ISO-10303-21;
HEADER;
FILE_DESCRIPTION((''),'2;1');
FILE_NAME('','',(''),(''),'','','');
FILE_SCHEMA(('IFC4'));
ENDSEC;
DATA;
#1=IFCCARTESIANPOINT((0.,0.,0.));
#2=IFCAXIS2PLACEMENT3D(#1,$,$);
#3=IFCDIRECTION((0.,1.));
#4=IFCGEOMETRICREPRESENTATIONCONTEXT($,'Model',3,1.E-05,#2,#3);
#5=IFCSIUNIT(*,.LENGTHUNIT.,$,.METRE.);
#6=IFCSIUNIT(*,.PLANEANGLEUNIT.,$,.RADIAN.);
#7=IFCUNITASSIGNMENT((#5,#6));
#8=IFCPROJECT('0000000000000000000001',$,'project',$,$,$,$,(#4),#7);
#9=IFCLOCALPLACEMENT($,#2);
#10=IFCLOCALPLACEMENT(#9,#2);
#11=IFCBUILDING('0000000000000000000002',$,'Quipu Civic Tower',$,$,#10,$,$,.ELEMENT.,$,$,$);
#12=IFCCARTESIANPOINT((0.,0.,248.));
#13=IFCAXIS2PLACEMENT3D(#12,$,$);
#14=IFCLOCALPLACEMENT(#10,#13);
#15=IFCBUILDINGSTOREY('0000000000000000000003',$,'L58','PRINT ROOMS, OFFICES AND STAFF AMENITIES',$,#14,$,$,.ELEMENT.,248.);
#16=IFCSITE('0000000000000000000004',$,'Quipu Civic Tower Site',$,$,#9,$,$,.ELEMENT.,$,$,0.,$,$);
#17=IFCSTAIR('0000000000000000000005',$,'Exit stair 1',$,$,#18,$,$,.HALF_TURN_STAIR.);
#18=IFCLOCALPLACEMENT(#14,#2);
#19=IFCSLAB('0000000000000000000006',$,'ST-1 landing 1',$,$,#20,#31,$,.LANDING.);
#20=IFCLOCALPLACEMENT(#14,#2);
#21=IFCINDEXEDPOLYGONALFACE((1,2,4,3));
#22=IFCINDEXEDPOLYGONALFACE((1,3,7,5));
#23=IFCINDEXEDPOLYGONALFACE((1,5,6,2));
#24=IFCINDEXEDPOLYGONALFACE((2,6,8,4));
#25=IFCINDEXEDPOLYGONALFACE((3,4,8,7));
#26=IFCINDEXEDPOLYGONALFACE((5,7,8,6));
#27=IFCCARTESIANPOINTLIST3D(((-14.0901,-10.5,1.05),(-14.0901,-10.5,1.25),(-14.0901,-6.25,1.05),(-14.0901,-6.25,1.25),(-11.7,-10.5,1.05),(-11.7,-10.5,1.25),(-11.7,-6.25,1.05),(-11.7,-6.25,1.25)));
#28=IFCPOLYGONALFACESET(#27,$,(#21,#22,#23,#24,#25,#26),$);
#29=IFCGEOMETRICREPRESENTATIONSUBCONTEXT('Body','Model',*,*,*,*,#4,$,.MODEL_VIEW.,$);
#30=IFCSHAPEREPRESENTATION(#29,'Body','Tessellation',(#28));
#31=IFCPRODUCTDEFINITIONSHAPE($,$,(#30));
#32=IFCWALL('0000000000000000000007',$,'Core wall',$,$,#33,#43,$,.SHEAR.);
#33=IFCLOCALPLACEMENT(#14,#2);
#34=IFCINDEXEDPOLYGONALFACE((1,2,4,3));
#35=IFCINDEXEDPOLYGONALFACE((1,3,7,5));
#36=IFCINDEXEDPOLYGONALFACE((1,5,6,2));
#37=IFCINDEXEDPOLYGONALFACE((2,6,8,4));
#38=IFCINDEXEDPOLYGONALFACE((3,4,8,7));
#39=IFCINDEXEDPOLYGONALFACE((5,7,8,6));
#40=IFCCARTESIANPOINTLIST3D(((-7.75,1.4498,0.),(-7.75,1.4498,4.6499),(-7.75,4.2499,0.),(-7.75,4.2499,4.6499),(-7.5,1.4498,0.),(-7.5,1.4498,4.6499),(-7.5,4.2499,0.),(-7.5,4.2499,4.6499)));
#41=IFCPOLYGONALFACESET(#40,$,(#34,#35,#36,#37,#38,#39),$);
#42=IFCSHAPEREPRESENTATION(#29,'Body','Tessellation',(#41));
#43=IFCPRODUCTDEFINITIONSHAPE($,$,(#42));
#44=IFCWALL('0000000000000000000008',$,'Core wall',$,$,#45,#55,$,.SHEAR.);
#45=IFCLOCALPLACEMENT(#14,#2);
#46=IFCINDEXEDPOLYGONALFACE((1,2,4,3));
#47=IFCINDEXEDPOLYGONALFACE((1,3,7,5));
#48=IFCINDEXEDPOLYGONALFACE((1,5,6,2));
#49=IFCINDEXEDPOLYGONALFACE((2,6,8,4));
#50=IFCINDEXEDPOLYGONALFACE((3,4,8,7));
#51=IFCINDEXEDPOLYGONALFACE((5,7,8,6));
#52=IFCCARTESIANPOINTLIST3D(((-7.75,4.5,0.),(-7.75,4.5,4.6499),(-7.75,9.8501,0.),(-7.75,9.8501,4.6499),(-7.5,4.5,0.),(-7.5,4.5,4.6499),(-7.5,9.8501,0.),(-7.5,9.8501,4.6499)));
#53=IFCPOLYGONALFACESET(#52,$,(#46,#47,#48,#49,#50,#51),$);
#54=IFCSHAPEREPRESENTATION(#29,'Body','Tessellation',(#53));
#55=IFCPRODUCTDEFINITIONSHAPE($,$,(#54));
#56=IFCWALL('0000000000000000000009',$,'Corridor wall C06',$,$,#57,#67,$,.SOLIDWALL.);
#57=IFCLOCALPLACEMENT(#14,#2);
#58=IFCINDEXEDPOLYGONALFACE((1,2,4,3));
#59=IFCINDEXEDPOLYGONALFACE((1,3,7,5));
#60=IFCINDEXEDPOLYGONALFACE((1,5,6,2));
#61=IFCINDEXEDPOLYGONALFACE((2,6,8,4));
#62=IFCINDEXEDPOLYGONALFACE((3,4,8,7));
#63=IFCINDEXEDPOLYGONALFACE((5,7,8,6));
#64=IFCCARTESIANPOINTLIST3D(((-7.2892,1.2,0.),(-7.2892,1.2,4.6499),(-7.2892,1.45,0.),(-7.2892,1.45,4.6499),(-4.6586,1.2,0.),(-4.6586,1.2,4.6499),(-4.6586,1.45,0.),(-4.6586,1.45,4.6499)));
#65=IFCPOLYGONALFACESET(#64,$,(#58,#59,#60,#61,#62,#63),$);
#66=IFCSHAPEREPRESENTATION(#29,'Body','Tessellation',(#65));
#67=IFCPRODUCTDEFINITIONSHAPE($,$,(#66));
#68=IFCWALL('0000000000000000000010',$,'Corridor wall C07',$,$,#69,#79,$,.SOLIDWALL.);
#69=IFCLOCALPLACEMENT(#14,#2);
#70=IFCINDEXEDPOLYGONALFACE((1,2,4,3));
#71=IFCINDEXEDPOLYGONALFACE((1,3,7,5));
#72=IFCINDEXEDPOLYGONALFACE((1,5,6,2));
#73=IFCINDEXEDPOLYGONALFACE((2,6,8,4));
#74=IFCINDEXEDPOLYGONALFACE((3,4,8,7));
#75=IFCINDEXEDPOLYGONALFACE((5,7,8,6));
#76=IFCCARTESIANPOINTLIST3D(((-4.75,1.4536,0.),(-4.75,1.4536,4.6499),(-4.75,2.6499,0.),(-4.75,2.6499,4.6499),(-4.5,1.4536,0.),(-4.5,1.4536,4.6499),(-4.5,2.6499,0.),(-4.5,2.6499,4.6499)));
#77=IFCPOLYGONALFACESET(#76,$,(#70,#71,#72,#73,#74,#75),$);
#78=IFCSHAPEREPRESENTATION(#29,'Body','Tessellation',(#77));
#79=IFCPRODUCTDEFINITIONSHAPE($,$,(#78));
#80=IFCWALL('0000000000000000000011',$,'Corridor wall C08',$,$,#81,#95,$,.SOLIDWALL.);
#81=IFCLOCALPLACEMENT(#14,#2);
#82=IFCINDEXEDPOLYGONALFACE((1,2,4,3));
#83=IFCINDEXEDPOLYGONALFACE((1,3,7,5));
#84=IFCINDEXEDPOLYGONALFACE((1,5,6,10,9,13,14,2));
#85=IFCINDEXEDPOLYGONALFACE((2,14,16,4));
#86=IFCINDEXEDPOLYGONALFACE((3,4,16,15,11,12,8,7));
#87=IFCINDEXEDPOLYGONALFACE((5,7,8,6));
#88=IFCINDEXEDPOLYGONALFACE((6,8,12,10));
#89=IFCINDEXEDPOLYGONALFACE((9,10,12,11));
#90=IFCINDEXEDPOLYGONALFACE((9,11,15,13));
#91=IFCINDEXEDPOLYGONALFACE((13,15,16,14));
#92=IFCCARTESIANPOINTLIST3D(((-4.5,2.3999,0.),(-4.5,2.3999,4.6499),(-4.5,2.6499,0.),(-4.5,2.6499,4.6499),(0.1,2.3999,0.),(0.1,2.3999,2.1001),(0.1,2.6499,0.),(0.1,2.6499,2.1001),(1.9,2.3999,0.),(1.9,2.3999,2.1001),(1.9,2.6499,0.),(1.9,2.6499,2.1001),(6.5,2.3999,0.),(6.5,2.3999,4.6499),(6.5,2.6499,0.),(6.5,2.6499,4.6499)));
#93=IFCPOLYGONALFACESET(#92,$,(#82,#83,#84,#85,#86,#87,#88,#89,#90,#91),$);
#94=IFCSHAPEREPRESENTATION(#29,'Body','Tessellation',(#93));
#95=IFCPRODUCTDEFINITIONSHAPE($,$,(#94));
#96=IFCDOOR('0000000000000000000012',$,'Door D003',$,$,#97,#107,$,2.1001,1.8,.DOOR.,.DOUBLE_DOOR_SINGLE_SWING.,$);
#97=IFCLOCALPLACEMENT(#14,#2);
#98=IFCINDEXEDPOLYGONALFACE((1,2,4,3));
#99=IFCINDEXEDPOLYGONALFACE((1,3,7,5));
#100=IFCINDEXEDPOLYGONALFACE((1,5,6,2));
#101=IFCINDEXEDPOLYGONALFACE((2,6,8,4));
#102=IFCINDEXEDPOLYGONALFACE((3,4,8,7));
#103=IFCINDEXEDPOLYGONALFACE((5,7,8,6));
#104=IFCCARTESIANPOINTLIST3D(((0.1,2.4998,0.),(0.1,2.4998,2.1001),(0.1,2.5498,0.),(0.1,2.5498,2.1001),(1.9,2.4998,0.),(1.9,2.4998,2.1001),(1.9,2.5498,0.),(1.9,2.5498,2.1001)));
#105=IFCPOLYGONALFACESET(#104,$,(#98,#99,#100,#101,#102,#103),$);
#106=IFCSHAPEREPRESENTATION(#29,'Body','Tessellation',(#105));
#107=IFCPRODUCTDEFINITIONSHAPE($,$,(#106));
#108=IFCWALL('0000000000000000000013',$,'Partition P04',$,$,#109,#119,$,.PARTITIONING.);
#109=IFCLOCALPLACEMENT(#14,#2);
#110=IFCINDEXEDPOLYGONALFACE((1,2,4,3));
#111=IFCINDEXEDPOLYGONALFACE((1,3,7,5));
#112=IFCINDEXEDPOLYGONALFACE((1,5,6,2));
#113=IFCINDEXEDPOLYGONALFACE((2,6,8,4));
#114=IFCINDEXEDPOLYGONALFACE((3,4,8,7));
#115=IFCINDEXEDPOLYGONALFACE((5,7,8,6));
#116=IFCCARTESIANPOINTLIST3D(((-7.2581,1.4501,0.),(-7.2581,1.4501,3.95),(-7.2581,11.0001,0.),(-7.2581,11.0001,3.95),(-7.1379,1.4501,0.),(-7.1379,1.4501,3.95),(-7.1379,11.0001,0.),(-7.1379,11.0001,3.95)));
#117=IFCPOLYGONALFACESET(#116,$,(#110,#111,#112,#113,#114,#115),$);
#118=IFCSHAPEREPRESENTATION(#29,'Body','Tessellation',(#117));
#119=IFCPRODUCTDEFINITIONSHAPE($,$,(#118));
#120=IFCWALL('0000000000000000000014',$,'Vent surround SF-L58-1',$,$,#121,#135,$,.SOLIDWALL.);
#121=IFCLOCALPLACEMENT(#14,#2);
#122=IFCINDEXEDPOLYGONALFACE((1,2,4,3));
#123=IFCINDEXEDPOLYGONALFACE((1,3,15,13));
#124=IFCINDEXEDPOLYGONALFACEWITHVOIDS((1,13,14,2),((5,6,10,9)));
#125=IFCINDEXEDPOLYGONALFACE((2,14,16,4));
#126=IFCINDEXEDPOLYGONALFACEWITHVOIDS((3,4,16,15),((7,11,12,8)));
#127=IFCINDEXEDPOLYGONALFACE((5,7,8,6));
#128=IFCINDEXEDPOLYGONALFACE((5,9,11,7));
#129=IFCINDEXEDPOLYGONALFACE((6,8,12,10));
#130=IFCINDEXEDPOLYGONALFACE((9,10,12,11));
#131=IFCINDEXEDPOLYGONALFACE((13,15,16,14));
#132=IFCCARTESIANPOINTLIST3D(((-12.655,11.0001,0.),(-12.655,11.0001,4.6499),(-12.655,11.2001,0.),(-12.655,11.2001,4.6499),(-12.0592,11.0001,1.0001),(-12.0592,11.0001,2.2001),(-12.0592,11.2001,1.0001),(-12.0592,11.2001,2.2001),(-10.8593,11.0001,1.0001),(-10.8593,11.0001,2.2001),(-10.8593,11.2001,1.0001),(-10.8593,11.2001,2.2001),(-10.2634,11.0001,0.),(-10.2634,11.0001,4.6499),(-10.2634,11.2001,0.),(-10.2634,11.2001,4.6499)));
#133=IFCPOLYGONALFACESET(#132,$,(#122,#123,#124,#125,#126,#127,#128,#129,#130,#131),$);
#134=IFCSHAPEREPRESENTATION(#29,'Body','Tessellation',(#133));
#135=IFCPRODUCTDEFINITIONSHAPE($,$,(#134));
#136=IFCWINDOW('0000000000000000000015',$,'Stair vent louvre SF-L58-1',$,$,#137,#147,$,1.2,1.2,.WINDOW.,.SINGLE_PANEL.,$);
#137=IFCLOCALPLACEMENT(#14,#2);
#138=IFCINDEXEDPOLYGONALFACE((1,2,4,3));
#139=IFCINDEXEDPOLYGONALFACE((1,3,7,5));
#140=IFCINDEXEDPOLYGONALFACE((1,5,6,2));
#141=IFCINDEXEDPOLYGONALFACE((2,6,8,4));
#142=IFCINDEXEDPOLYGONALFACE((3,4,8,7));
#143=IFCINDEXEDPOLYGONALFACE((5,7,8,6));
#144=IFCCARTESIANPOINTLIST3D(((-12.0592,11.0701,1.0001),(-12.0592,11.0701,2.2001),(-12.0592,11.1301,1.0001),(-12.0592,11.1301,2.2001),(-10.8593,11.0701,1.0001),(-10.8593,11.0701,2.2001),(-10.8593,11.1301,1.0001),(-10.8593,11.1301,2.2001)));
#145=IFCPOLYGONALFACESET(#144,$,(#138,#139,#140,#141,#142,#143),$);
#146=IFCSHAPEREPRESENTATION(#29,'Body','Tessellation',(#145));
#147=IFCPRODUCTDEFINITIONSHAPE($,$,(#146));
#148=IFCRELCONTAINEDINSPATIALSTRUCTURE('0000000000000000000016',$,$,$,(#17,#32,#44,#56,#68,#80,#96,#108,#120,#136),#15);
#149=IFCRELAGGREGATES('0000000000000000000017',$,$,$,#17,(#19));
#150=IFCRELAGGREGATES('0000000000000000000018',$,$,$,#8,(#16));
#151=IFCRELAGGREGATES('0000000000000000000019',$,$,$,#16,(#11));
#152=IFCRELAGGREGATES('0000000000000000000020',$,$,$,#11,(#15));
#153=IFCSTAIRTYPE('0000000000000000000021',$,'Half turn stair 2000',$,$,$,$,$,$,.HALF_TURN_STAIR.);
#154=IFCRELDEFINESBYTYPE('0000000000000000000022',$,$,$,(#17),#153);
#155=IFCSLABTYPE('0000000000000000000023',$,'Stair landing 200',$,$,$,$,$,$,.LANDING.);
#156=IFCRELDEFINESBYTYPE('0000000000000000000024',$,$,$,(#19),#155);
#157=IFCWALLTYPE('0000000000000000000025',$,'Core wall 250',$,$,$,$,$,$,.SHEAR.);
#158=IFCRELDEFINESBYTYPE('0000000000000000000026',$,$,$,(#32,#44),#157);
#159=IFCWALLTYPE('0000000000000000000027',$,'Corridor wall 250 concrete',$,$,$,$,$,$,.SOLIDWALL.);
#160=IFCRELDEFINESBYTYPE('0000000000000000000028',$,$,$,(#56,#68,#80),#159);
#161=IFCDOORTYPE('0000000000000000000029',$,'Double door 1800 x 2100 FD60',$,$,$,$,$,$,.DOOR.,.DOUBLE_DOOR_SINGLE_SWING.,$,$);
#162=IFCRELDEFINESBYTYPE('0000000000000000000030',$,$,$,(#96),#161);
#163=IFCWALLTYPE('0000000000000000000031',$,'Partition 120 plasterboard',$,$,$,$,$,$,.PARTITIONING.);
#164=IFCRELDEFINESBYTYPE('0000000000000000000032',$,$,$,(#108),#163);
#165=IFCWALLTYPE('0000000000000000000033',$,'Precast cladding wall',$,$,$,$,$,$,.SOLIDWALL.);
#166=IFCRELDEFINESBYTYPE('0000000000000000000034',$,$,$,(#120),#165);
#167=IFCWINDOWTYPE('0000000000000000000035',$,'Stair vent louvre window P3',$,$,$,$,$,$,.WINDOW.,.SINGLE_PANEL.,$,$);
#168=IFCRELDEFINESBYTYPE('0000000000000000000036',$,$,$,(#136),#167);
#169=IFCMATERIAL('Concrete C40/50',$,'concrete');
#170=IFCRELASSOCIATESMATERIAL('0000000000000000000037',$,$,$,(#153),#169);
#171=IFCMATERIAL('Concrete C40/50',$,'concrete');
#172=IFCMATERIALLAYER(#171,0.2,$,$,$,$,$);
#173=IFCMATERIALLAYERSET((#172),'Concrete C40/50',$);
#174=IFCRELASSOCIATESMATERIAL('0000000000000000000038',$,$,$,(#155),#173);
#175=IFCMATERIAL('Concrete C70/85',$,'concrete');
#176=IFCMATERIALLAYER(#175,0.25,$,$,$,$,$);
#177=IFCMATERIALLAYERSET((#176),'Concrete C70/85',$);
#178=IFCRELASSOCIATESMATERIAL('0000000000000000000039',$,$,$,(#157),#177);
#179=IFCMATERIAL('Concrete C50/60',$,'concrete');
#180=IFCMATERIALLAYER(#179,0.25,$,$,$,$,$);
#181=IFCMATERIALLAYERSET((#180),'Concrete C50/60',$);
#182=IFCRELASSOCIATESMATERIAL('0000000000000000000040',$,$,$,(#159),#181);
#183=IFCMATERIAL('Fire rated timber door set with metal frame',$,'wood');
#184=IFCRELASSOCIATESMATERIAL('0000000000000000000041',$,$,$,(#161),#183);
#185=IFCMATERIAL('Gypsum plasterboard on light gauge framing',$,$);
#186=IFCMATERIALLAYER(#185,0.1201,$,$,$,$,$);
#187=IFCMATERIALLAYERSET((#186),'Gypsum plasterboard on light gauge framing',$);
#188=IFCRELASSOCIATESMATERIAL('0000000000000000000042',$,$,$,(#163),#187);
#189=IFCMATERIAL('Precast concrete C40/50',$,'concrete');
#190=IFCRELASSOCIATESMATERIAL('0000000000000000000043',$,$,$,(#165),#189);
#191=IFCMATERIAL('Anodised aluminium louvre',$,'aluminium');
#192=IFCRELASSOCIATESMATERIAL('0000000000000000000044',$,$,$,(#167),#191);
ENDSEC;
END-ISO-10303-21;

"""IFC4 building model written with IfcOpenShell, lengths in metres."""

from ifc_helpers import new_model, si_unit, direction, frame, frame_2d, origin, place, context, subcontext, project, spatial, polyline, rectangle, outline, extrude, material, layer, layer_set, type_object, element, fill, aggregate, save


model = new_model("IFC4")

# Units and contexts
model_context = context("Model", 3, precision=1e-05, world=origin(), true_north=direction((0.0, 1.0)))
body_context = subcontext(model_context, "Body", "Model", "MODEL_VIEW")
ifc_project = project(units=[si_unit("LENGTHUNIT", "METRE"), si_unit("PLANEANGLEUNIT", "RADIAN")], contexts=[model_context])

# Site, building, storey
site_placement = place(None, origin())
site = spatial("IfcSite", under=ifc_project, at=site_placement, Name="Quipu Civic Tower Site", CompositionType="ELEMENT", RefElevation=0.0)
building_placement = place(site_placement, origin())
building = spatial("IfcBuilding", under=site, at=building_placement, Name="Quipu Civic Tower", CompositionType="ELEMENT")
storey_placement = place(building_placement, frame((0.0, 0.0, 248.0)))
storey = spatial("IfcBuildingStorey", under=building, at=storey_placement, Name="L58", Description="PRINT ROOMS, OFFICES AND STAFF AMENITIES", CompositionType="ELEMENT", Elevation=248.0)

# Stair, slab
ifc_material_1 = material(Name="Concrete C40/50", Category="concrete")
stair_type = type_object("IfcStairType", Name="Half turn stair 2000", PredefinedType="HALF_TURN_STAIR", material=ifc_material_1)
stair_placement = place(storey_placement, origin())
stair = element("IfcStair", 1, at=stair_placement, inside=storey, type_object=stair_type, Name="Exit stair 1", PredefinedType="HALF_TURN_STAIR")
ifc_material_2 = material(Name="Concrete C40/50", Category="concrete")
ifc_layer_1 = layer(ifc_material_2, 0.2)
ifc_layer_set_1 = layer_set([ifc_layer_1], Name="Concrete C40/50")
slab_type = type_object("IfcSlabType", Name="Stair landing 200", PredefinedType="LANDING", material=ifc_layer_set_1)
slab_placement = place(storey_placement, frame((0.0, 0.0, 1.05)))
slab = element("IfcSlab", 2, at=slab_placement, type_object=slab_type, Name="ST-1 landing 1", PredefinedType="LANDING", context=body_context, shape_type="SweptSolid", body=[
    extrude(outline(polyline([(-14.0901, -10.5), (-11.7, -10.5), (-11.7, -6.25), (-14.0901, -6.25), (-14.0901, -10.5)])), origin(), (0.0, 0.0, 1.0), 0.2),
])
aggregate(stair, [slab])

# Walls
ifc_material_3 = material(Name="Concrete C70/85", Category="concrete")
ifc_layer_2 = layer(ifc_material_3, 0.25)
ifc_layer_set_2 = layer_set([ifc_layer_2], Name="Concrete C70/85")
wall_type_1 = type_object("IfcWallType", Name="Core wall 250", PredefinedType="SHEAR", material=ifc_layer_set_2)
wall_1_placement = place(storey_placement, frame((-7.625, 1.45, 0.0), z_axis=(0.0, 0.0, 1.0), x_axis=(0.0, 1.0, 0.0)))
element("IfcWall", 3, at=wall_1_placement, inside=storey, type_object=wall_type_1, Name="Core wall", PredefinedType="SHEAR", context=body_context, shape_type="SweptSolid", body=[
    extrude(rectangle(XDim=2.8, YDim=0.25, at=frame_2d((1.3999, 0.0))), origin(), (0.0, 0.0, 1.0), 4.6499),
])
wall_2_placement = place(storey_placement, frame((-7.625, 4.5, 0.0), z_axis=(0.0, 0.0, 1.0), x_axis=(0.0, 1.0, 0.0)))
element("IfcWall", 4, at=wall_2_placement, inside=storey, type_object=wall_type_1, Name="Core wall", PredefinedType="SHEAR", context=body_context, shape_type="SweptSolid", body=[
    extrude(rectangle(XDim=5.3501, YDim=0.25, at=frame_2d((2.675, 0.0))), origin(), (0.0, 0.0, 1.0), 4.6499),
])
ifc_material_4 = material(Name="Concrete C50/60", Category="concrete")
ifc_layer_3 = layer(ifc_material_4, 0.25)
ifc_layer_set_3 = layer_set([ifc_layer_3], Name="Concrete C50/60")
wall_type_2 = type_object("IfcWallType", Name="Corridor wall 250 concrete", PredefinedType="SOLIDWALL", material=ifc_layer_set_3)
wall_3_placement = place(storey_placement, frame((-7.2893, 1.325, 0.0), z_axis=(0.0, 0.0, 1.0), x_axis=(1.0, 0.0, 0.0)))
element("IfcWall", 5, at=wall_3_placement, inside=storey, type_object=wall_type_2, Name="Corridor wall C06", PredefinedType="SOLIDWALL", context=body_context, shape_type="SweptSolid", body=[
    extrude(rectangle(XDim=2.6306, YDim=0.25, at=frame_2d((1.3154, 0.0))), origin(), (0.0, 0.0, 1.0), 4.6499),
])
wall_4_placement = place(storey_placement, frame((-4.625, 1.4536, 0.0), z_axis=(0.0, 0.0, 1.0), x_axis=(0.0, 1.0, 0.0)))
element("IfcWall", 6, at=wall_4_placement, inside=storey, type_object=wall_type_2, Name="Corridor wall C07", PredefinedType="SOLIDWALL", context=body_context, shape_type="SweptSolid", body=[
    extrude(rectangle(XDim=1.1963, YDim=0.25, at=frame_2d((0.5981, 0.0))), origin(), (0.0, 0.0, 1.0), 4.6499),
])

# Wall, opening, door
wall_5_placement = place(storey_placement, frame((-4.5, 2.5249, 0.0), z_axis=(0.0, 0.0, 1.0), x_axis=(1.0, 0.0, 0.0)))
wall_5 = element("IfcWall", 7, at=wall_5_placement, inside=storey, type_object=wall_type_2, Name="Corridor wall C08", PredefinedType="SOLIDWALL", context=body_context, shape_type="SweptSolid", body=[
    extrude(rectangle(XDim=11.0, YDim=0.25, at=frame_2d((5.5, 0.0))), origin(), (0.0, 0.0, 1.0), 4.6499),
])
opening_1_placement = place(wall_5_placement, frame((4.6001, 0.0, 0.0)))
opening_1 = element("IfcOpeningElement", 8, at=opening_1_placement, cuts=wall_5, PredefinedType="OPENING", context=body_context, shape_type="SweptSolid", body=[
    extrude(rectangle(XDim=1.8, YDim=2.1001, at=frame_2d((0.8999, 1.05))), frame((0.0, 0.135, 0.0), z_axis=(0.0, -1.0, 0.0), x_axis=(1.0, 0.0, 0.0)), (0.0, 0.0, 1.0), 0.27),
])
ifc_material_5 = material(Name="Fire rated timber door set with metal frame", Category="wood")
door_type = type_object("IfcDoorType", Name="Double door 1800 x 2100 FD60", OperationType="DOUBLE_DOOR_SINGLE_SWING", PredefinedType="DOOR", material=ifc_material_5)
door_placement = place(opening_1_placement, origin())
door = element("IfcDoor", 9, at=door_placement, inside=storey, type_object=door_type, Name="Door D003", OperationType="DOUBLE_DOOR_SINGLE_SWING", OverallHeight=2.1001, OverallWidth=1.8, PredefinedType="DOOR", context=body_context, shape_type="SweptSolid", body=[
    extrude(rectangle(XDim=1.8, YDim=2.1001, at=frame_2d((0.8999, 1.05))), frame((0.0, 0.0249, 0.0), z_axis=(0.0, -1.0, 0.0), x_axis=(1.0, 0.0, 0.0)), (0.0, 0.0, 1.0), 0.05),
])
fill(opening_1, door)

# Wall
ifc_material_6 = material(Name="Gypsum plasterboard on light gauge framing")
ifc_layer_4 = layer(ifc_material_6, 0.1201)
ifc_layer_set_4 = layer_set([ifc_layer_4], Name="Gypsum plasterboard on light gauge framing")
wall_type_3 = type_object("IfcWallType", Name="Partition 120 plasterboard", PredefinedType="PARTITIONING", material=ifc_layer_set_4)
wall_6_placement = place(storey_placement, frame((-7.198, 11.0, 0.0), z_axis=(0.0, 0.0, 1.0), x_axis=(0.0, -1.0, 0.0)))
element("IfcWall", 10, at=wall_6_placement, inside=storey, type_object=wall_type_3, Name="Partition P04", PredefinedType="PARTITIONING", context=body_context, shape_type="SweptSolid", body=[
    extrude(rectangle(XDim=9.55, YDim=0.1201, at=frame_2d((4.7749, 0.0))), origin(), (0.0, 0.0, 1.0), 3.95),
])

# Wall, opening, window
ifc_material_7 = material(Name="Precast concrete C40/50", Category="concrete")
wall_type_4 = type_object("IfcWallType", Name="Precast cladding wall", PredefinedType="SOLIDWALL", material=ifc_material_7)
wall_7_placement = place(storey_placement, frame((-10.2634, 11.1001, 0.0), z_axis=(0.0, 0.0, 1.0), x_axis=(-1.0, 0.0, 0.0)))
wall_7 = element("IfcWall", 11, at=wall_7_placement, inside=storey, type_object=wall_type_4, Name="Vent surround SF-L58-1", PredefinedType="SOLIDWALL", context=body_context, shape_type="SweptSolid", body=[
    extrude(rectangle(XDim=2.3916, YDim=0.2, at=frame_2d((1.1958, 0.0))), origin(), (0.0, 0.0, 1.0), 4.6499),
])
opening_2_placement = place(wall_7_placement, frame((0.5957, 0.0, 1.0)))
opening_2 = element("IfcOpeningElement", 12, at=opening_2_placement, cuts=wall_7, PredefinedType="OPENING", context=body_context, shape_type="SweptSolid", body=[
    extrude(rectangle(XDim=1.2, YDim=1.2, at=frame_2d((0.6001, 0.6001))), frame((0.0, 0.1099, 0.0), z_axis=(0.0, -1.0, 0.0), x_axis=(1.0, 0.0, 0.0)), (0.0, 0.0, 1.0), 0.22),
])
ifc_material_8 = material(Name="Anodised aluminium louvre", Category="aluminium")
window_type = type_object("IfcWindowType", Name="Stair vent louvre window P3", PartitioningType="SINGLE_PANEL", PredefinedType="WINDOW", material=ifc_material_8)
window_placement = place(opening_2_placement, origin())
window = element("IfcWindow", 13, at=window_placement, inside=storey, type_object=window_type, Name="Stair vent louvre SF-L58-1", OverallHeight=1.2, OverallWidth=1.2, PartitioningType="SINGLE_PANEL", PredefinedType="WINDOW", context=body_context, shape_type="SweptSolid", body=[
    extrude(rectangle(XDim=1.2, YDim=1.2, at=frame_2d((0.6001, 0.6001))), frame((0.0, 0.03, 0.0), z_axis=(0.0, -1.0, 0.0), x_axis=(1.0, 0.0, 0.0)), (0.0, 0.0, 1.0), 0.0601),
])
fill(opening_2, window)

save(model, "model.ifc")
